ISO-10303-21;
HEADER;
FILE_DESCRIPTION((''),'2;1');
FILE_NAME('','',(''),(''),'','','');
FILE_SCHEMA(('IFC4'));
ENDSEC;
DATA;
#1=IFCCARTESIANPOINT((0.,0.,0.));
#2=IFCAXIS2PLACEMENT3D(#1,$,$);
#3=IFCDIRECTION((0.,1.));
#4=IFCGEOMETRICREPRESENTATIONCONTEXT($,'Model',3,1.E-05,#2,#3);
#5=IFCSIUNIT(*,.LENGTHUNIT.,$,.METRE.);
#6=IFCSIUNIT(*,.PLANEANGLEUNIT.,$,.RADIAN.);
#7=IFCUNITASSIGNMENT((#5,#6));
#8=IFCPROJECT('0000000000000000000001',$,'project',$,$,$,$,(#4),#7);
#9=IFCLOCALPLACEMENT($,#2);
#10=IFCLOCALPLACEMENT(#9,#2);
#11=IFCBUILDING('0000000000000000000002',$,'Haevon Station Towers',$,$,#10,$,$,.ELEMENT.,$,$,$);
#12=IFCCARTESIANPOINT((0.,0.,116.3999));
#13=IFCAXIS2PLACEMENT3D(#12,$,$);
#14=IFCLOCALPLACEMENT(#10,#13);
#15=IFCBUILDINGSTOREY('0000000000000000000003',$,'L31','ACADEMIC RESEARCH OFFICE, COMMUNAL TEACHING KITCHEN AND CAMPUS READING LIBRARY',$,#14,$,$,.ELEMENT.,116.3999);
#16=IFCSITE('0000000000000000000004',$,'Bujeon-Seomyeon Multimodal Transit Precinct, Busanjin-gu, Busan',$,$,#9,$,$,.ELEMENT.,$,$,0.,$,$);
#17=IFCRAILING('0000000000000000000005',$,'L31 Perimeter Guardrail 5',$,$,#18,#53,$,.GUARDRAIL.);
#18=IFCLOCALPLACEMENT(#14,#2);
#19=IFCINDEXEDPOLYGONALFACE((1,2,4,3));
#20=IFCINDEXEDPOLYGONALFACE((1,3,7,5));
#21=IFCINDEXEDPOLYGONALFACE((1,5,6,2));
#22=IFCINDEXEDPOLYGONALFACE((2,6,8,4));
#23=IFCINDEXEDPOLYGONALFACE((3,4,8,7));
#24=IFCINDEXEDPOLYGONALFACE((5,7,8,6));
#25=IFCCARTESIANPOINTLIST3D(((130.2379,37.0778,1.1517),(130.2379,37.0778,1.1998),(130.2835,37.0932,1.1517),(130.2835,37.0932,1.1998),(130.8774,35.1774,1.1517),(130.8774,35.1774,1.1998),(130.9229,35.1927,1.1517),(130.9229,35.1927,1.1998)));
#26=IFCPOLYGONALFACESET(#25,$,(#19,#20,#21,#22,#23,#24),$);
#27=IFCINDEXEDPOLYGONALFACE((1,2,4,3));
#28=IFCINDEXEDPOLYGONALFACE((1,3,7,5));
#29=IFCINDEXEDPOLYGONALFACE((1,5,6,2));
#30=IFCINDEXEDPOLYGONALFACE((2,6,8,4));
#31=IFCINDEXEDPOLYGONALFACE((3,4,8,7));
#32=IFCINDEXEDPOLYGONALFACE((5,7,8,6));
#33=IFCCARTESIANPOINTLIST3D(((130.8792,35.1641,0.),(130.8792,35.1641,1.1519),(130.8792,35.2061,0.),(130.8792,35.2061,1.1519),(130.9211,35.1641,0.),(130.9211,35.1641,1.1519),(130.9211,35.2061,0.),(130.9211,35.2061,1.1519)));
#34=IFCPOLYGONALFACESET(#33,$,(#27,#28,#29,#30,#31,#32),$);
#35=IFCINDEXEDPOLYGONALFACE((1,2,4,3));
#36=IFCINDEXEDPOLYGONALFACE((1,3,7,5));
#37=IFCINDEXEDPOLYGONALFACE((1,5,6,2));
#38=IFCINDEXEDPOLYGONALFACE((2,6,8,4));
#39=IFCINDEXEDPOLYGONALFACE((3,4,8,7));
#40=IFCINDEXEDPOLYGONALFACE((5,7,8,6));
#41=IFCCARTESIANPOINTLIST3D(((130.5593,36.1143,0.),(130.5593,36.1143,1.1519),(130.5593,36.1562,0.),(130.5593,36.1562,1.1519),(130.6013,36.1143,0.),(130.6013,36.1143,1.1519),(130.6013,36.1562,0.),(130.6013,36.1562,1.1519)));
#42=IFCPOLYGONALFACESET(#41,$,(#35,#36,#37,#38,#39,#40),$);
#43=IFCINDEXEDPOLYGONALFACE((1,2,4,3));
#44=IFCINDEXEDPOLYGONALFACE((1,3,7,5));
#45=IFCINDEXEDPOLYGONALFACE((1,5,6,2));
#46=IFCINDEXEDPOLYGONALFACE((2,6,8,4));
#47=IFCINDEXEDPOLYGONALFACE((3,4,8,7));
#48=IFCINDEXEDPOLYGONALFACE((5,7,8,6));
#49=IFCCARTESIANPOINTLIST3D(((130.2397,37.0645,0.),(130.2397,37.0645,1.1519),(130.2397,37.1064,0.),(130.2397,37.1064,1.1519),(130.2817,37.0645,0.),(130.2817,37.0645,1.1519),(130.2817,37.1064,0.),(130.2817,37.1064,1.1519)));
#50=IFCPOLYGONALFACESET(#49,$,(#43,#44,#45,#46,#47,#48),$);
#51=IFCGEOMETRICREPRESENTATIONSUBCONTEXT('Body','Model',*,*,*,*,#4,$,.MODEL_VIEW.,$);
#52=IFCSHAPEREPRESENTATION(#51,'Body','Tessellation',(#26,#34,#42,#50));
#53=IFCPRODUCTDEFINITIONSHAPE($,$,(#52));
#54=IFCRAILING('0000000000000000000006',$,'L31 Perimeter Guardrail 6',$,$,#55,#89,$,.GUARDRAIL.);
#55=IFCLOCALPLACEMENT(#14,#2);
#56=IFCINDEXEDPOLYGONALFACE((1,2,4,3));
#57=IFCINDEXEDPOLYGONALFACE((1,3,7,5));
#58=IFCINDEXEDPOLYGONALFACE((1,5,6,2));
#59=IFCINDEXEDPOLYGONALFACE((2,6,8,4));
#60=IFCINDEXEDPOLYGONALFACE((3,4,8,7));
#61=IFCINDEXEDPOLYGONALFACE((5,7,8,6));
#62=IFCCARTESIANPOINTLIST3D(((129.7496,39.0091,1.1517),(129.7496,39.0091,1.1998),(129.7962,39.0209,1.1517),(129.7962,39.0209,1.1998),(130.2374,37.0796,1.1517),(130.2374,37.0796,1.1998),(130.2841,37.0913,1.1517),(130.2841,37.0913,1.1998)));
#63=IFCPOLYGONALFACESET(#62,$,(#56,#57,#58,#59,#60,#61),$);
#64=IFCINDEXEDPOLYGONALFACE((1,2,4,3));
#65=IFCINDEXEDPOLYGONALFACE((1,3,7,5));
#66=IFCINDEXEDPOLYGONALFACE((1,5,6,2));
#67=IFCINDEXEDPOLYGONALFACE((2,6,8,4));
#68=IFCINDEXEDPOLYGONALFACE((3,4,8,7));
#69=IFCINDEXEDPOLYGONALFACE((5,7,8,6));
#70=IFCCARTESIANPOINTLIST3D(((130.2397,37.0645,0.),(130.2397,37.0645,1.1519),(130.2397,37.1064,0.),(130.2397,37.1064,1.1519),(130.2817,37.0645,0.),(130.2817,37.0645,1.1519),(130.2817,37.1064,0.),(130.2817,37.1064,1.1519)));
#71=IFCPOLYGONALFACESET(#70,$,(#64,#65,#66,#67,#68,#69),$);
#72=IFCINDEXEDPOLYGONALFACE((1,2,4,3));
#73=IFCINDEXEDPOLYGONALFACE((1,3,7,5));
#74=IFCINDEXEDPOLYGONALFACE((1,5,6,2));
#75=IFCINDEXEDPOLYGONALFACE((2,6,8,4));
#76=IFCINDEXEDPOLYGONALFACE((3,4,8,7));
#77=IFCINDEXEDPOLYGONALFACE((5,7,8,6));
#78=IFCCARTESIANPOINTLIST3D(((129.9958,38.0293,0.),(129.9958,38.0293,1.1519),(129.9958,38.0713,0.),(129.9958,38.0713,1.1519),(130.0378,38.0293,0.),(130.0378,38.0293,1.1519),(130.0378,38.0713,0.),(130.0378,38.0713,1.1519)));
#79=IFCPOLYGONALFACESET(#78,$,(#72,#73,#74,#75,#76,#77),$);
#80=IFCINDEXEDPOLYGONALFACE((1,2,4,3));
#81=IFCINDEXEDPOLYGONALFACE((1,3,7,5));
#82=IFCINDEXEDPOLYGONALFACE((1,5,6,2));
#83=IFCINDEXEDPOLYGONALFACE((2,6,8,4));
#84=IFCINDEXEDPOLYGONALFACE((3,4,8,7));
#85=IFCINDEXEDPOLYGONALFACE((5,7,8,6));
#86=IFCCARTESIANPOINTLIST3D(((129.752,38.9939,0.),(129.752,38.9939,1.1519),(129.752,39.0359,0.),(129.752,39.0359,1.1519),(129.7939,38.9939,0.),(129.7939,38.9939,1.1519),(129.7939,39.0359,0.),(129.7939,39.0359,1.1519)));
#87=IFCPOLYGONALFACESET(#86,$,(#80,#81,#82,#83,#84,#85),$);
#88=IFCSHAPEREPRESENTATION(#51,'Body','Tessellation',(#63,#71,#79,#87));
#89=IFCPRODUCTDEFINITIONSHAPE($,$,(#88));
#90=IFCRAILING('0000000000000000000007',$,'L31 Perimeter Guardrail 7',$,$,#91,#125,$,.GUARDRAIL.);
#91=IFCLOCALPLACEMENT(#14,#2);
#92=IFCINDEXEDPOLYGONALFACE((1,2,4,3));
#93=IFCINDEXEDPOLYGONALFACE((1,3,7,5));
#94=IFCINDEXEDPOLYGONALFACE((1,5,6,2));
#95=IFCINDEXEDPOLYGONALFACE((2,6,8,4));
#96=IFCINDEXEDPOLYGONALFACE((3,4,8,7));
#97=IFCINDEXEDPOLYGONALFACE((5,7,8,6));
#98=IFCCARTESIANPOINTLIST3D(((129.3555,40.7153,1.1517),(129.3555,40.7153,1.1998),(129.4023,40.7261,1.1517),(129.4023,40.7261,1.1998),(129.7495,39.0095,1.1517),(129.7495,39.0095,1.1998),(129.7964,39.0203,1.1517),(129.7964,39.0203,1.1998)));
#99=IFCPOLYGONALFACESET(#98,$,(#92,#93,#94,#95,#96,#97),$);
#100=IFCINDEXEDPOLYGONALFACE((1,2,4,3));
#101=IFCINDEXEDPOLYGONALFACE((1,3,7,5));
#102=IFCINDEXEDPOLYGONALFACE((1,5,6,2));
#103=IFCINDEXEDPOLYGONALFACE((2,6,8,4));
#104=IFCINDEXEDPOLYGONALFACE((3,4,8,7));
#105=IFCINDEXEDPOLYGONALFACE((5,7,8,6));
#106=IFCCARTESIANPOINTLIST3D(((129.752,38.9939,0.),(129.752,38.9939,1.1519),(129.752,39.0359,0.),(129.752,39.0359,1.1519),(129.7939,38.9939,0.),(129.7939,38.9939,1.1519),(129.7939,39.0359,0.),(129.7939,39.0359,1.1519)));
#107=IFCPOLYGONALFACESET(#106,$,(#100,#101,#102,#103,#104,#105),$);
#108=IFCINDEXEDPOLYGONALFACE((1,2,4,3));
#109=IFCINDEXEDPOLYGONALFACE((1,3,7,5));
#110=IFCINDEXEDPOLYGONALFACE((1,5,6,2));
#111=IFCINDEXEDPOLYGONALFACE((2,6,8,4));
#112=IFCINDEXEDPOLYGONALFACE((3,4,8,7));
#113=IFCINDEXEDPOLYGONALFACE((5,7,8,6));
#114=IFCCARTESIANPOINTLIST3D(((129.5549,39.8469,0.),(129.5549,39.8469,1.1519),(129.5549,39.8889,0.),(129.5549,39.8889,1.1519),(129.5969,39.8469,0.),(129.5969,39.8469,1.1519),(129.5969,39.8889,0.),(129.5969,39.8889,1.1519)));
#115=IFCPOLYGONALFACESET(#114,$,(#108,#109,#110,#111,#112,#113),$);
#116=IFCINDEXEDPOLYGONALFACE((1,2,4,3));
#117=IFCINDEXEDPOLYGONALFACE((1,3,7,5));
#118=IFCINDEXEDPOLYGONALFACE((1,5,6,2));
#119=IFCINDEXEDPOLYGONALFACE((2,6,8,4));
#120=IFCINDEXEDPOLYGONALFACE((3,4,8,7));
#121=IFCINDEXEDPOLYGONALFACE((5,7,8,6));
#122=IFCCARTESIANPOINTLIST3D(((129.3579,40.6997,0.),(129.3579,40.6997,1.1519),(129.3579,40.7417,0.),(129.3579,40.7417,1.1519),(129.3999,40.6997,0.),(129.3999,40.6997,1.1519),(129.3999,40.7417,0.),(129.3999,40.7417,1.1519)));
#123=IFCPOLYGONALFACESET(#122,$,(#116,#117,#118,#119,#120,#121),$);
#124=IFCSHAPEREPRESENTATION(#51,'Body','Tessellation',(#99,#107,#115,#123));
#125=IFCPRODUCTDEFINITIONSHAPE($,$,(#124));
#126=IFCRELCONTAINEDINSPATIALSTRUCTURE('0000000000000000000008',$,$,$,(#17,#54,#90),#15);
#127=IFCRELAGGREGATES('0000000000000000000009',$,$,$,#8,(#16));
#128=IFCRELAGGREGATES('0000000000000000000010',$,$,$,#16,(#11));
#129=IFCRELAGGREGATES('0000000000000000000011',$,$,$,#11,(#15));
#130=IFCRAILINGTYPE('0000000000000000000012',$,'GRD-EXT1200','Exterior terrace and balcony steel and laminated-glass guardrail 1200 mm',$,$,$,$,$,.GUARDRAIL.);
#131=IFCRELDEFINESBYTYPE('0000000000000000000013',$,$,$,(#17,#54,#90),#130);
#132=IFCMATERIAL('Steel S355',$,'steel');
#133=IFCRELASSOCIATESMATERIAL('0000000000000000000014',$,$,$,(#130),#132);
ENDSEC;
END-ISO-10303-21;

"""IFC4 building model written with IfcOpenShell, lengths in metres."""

from ifc_helpers import new_model, si_unit, direction, frame, origin, origin_2d, place, context, subcontext, project, spatial, rectangle, extrude, material, type_object, element, save


model = new_model("IFC4")

# Units and contexts
model_context = context("Model", 3, precision=1e-05, world=origin(), true_north=direction((0.0, 1.0)))
body_context = subcontext(model_context, "Body", "Model", "MODEL_VIEW")
ifc_project = project(units=[si_unit("LENGTHUNIT", "METRE"), si_unit("PLANEANGLEUNIT", "RADIAN")], contexts=[model_context])

# Site, building, storey
site_placement = place(None, origin())
site = spatial("IfcSite", under=ifc_project, at=site_placement, Name="Bujeon-Seomyeon Multimodal Transit Precinct, Busanjin-gu, Busan", CompositionType="ELEMENT", RefElevation=0.0)
building_placement = place(site_placement, origin())
building = spatial("IfcBuilding", under=site, at=building_placement, Name="Haevon Station Towers", CompositionType="ELEMENT")
storey_placement = place(building_placement, frame((0.0, 0.0, 116.3999)))
storey = spatial("IfcBuildingStorey", under=building, at=storey_placement, Name="L31", Description="ACADEMIC RESEARCH OFFICE, COMMUNAL TEACHING KITCHEN AND CAMPUS READING LIBRARY", CompositionType="ELEMENT", Elevation=116.3999)

# Shared definitions
ifc_material_1 = material(Name="Steel S355", Category="steel")

# Railings
railing_type = type_object("IfcRailingType", Name="GRD-EXT1200", Description="Exterior terrace and balcony steel and laminated-glass guardrail 1200 mm", PredefinedType="GUARDRAIL", material=ifc_material_1)
railing_1_placement = place(storey_placement, frame((130.9001, 35.1851, 0.0)))
element("IfcRailing", 1, at=railing_1_placement, inside=storey, type_object=railing_type, Name="L31 Perimeter Guardrail 5", PredefinedType="GUARDRAIL", context=body_context, shape_type="SweptSolid", body=[
    extrude(rectangle(XDim=0.0481, YDim=0.0481, at=origin_2d()), frame((0.0, 0.0, 1.1758), z_axis=(-0.318893, 0.947791, 0.0), x_axis=(-0.947791, -0.318893, 0.0)), (0.0, 0.0, 1.0), 2.0051),
    extrude(rectangle(XDim=0.042, YDim=0.042, at=origin_2d()), origin(), (0.0, 0.0, 1.0), 1.1519),
    extrude(rectangle(XDim=0.042, YDim=0.042, at=origin_2d()), frame((-0.3198, 0.9502, 0.0)), (0.0, 0.0, 1.0), 1.1519),
    extrude(rectangle(XDim=0.042, YDim=0.042, at=origin_2d()), frame((-0.6394, 1.9004, 0.0)), (0.0, 0.0, 1.0), 1.1519),
])
railing_2_placement = place(storey_placement, frame((130.2607, 37.0854, 0.0)))
element("IfcRailing", 2, at=railing_2_placement, inside=storey, type_object=railing_type, Name="L31 Perimeter Guardrail 6", PredefinedType="GUARDRAIL", context=body_context, shape_type="SweptSolid", body=[
    extrude(rectangle(XDim=0.0481, YDim=0.0481, at=origin_2d()), frame((0.0, 0.0, 1.1758), z_axis=(-0.245104, 0.969497, 0.0), x_axis=(-0.969497, -0.245104, 0.0)), (0.0, 0.0, 1.0), 1.9902),
    extrude(rectangle(XDim=0.042, YDim=0.042, at=origin_2d()), origin(), (0.0, 0.0, 1.0), 1.1519),
    extrude(rectangle(XDim=0.042, YDim=0.042, at=origin_2d()), frame((-0.2439, 0.9648, 0.0)), (0.0, 0.0, 1.0), 1.1519),
    extrude(rectangle(XDim=0.042, YDim=0.042, at=origin_2d()), frame((-0.4878, 1.9294, 0.0)), (0.0, 0.0, 1.0), 1.1519),
])
railing_3_placement = place(storey_placement, frame((129.7729, 39.0149, 0.0)))
element("IfcRailing", 3, at=railing_3_placement, inside=storey, type_object=railing_type, Name="L31 Perimeter Guardrail 7", PredefinedType="GUARDRAIL", context=body_context, shape_type="SweptSolid", body=[
    extrude(rectangle(XDim=0.0481, YDim=0.0481, at=origin_2d()), frame((0.0, 0.0, 1.1758), z_axis=(-0.225073, 0.974342, 0.0), x_axis=(-0.974342, -0.225073, 0.0)), (0.0, 0.0, 1.0), 1.7507),
    extrude(rectangle(XDim=0.042, YDim=0.042, at=origin_2d()), origin(), (0.0, 0.0, 1.0), 1.1519),
    extrude(rectangle(XDim=0.042, YDim=0.042, at=origin_2d()), frame((-0.197, 0.853, 0.0)), (0.0, 0.0, 1.0), 1.1519),
    extrude(rectangle(XDim=0.042, YDim=0.042, at=origin_2d()), frame((-0.394, 1.7058, 0.0)), (0.0, 0.0, 1.0), 1.1519),
])

save(model, "model.ifc")
